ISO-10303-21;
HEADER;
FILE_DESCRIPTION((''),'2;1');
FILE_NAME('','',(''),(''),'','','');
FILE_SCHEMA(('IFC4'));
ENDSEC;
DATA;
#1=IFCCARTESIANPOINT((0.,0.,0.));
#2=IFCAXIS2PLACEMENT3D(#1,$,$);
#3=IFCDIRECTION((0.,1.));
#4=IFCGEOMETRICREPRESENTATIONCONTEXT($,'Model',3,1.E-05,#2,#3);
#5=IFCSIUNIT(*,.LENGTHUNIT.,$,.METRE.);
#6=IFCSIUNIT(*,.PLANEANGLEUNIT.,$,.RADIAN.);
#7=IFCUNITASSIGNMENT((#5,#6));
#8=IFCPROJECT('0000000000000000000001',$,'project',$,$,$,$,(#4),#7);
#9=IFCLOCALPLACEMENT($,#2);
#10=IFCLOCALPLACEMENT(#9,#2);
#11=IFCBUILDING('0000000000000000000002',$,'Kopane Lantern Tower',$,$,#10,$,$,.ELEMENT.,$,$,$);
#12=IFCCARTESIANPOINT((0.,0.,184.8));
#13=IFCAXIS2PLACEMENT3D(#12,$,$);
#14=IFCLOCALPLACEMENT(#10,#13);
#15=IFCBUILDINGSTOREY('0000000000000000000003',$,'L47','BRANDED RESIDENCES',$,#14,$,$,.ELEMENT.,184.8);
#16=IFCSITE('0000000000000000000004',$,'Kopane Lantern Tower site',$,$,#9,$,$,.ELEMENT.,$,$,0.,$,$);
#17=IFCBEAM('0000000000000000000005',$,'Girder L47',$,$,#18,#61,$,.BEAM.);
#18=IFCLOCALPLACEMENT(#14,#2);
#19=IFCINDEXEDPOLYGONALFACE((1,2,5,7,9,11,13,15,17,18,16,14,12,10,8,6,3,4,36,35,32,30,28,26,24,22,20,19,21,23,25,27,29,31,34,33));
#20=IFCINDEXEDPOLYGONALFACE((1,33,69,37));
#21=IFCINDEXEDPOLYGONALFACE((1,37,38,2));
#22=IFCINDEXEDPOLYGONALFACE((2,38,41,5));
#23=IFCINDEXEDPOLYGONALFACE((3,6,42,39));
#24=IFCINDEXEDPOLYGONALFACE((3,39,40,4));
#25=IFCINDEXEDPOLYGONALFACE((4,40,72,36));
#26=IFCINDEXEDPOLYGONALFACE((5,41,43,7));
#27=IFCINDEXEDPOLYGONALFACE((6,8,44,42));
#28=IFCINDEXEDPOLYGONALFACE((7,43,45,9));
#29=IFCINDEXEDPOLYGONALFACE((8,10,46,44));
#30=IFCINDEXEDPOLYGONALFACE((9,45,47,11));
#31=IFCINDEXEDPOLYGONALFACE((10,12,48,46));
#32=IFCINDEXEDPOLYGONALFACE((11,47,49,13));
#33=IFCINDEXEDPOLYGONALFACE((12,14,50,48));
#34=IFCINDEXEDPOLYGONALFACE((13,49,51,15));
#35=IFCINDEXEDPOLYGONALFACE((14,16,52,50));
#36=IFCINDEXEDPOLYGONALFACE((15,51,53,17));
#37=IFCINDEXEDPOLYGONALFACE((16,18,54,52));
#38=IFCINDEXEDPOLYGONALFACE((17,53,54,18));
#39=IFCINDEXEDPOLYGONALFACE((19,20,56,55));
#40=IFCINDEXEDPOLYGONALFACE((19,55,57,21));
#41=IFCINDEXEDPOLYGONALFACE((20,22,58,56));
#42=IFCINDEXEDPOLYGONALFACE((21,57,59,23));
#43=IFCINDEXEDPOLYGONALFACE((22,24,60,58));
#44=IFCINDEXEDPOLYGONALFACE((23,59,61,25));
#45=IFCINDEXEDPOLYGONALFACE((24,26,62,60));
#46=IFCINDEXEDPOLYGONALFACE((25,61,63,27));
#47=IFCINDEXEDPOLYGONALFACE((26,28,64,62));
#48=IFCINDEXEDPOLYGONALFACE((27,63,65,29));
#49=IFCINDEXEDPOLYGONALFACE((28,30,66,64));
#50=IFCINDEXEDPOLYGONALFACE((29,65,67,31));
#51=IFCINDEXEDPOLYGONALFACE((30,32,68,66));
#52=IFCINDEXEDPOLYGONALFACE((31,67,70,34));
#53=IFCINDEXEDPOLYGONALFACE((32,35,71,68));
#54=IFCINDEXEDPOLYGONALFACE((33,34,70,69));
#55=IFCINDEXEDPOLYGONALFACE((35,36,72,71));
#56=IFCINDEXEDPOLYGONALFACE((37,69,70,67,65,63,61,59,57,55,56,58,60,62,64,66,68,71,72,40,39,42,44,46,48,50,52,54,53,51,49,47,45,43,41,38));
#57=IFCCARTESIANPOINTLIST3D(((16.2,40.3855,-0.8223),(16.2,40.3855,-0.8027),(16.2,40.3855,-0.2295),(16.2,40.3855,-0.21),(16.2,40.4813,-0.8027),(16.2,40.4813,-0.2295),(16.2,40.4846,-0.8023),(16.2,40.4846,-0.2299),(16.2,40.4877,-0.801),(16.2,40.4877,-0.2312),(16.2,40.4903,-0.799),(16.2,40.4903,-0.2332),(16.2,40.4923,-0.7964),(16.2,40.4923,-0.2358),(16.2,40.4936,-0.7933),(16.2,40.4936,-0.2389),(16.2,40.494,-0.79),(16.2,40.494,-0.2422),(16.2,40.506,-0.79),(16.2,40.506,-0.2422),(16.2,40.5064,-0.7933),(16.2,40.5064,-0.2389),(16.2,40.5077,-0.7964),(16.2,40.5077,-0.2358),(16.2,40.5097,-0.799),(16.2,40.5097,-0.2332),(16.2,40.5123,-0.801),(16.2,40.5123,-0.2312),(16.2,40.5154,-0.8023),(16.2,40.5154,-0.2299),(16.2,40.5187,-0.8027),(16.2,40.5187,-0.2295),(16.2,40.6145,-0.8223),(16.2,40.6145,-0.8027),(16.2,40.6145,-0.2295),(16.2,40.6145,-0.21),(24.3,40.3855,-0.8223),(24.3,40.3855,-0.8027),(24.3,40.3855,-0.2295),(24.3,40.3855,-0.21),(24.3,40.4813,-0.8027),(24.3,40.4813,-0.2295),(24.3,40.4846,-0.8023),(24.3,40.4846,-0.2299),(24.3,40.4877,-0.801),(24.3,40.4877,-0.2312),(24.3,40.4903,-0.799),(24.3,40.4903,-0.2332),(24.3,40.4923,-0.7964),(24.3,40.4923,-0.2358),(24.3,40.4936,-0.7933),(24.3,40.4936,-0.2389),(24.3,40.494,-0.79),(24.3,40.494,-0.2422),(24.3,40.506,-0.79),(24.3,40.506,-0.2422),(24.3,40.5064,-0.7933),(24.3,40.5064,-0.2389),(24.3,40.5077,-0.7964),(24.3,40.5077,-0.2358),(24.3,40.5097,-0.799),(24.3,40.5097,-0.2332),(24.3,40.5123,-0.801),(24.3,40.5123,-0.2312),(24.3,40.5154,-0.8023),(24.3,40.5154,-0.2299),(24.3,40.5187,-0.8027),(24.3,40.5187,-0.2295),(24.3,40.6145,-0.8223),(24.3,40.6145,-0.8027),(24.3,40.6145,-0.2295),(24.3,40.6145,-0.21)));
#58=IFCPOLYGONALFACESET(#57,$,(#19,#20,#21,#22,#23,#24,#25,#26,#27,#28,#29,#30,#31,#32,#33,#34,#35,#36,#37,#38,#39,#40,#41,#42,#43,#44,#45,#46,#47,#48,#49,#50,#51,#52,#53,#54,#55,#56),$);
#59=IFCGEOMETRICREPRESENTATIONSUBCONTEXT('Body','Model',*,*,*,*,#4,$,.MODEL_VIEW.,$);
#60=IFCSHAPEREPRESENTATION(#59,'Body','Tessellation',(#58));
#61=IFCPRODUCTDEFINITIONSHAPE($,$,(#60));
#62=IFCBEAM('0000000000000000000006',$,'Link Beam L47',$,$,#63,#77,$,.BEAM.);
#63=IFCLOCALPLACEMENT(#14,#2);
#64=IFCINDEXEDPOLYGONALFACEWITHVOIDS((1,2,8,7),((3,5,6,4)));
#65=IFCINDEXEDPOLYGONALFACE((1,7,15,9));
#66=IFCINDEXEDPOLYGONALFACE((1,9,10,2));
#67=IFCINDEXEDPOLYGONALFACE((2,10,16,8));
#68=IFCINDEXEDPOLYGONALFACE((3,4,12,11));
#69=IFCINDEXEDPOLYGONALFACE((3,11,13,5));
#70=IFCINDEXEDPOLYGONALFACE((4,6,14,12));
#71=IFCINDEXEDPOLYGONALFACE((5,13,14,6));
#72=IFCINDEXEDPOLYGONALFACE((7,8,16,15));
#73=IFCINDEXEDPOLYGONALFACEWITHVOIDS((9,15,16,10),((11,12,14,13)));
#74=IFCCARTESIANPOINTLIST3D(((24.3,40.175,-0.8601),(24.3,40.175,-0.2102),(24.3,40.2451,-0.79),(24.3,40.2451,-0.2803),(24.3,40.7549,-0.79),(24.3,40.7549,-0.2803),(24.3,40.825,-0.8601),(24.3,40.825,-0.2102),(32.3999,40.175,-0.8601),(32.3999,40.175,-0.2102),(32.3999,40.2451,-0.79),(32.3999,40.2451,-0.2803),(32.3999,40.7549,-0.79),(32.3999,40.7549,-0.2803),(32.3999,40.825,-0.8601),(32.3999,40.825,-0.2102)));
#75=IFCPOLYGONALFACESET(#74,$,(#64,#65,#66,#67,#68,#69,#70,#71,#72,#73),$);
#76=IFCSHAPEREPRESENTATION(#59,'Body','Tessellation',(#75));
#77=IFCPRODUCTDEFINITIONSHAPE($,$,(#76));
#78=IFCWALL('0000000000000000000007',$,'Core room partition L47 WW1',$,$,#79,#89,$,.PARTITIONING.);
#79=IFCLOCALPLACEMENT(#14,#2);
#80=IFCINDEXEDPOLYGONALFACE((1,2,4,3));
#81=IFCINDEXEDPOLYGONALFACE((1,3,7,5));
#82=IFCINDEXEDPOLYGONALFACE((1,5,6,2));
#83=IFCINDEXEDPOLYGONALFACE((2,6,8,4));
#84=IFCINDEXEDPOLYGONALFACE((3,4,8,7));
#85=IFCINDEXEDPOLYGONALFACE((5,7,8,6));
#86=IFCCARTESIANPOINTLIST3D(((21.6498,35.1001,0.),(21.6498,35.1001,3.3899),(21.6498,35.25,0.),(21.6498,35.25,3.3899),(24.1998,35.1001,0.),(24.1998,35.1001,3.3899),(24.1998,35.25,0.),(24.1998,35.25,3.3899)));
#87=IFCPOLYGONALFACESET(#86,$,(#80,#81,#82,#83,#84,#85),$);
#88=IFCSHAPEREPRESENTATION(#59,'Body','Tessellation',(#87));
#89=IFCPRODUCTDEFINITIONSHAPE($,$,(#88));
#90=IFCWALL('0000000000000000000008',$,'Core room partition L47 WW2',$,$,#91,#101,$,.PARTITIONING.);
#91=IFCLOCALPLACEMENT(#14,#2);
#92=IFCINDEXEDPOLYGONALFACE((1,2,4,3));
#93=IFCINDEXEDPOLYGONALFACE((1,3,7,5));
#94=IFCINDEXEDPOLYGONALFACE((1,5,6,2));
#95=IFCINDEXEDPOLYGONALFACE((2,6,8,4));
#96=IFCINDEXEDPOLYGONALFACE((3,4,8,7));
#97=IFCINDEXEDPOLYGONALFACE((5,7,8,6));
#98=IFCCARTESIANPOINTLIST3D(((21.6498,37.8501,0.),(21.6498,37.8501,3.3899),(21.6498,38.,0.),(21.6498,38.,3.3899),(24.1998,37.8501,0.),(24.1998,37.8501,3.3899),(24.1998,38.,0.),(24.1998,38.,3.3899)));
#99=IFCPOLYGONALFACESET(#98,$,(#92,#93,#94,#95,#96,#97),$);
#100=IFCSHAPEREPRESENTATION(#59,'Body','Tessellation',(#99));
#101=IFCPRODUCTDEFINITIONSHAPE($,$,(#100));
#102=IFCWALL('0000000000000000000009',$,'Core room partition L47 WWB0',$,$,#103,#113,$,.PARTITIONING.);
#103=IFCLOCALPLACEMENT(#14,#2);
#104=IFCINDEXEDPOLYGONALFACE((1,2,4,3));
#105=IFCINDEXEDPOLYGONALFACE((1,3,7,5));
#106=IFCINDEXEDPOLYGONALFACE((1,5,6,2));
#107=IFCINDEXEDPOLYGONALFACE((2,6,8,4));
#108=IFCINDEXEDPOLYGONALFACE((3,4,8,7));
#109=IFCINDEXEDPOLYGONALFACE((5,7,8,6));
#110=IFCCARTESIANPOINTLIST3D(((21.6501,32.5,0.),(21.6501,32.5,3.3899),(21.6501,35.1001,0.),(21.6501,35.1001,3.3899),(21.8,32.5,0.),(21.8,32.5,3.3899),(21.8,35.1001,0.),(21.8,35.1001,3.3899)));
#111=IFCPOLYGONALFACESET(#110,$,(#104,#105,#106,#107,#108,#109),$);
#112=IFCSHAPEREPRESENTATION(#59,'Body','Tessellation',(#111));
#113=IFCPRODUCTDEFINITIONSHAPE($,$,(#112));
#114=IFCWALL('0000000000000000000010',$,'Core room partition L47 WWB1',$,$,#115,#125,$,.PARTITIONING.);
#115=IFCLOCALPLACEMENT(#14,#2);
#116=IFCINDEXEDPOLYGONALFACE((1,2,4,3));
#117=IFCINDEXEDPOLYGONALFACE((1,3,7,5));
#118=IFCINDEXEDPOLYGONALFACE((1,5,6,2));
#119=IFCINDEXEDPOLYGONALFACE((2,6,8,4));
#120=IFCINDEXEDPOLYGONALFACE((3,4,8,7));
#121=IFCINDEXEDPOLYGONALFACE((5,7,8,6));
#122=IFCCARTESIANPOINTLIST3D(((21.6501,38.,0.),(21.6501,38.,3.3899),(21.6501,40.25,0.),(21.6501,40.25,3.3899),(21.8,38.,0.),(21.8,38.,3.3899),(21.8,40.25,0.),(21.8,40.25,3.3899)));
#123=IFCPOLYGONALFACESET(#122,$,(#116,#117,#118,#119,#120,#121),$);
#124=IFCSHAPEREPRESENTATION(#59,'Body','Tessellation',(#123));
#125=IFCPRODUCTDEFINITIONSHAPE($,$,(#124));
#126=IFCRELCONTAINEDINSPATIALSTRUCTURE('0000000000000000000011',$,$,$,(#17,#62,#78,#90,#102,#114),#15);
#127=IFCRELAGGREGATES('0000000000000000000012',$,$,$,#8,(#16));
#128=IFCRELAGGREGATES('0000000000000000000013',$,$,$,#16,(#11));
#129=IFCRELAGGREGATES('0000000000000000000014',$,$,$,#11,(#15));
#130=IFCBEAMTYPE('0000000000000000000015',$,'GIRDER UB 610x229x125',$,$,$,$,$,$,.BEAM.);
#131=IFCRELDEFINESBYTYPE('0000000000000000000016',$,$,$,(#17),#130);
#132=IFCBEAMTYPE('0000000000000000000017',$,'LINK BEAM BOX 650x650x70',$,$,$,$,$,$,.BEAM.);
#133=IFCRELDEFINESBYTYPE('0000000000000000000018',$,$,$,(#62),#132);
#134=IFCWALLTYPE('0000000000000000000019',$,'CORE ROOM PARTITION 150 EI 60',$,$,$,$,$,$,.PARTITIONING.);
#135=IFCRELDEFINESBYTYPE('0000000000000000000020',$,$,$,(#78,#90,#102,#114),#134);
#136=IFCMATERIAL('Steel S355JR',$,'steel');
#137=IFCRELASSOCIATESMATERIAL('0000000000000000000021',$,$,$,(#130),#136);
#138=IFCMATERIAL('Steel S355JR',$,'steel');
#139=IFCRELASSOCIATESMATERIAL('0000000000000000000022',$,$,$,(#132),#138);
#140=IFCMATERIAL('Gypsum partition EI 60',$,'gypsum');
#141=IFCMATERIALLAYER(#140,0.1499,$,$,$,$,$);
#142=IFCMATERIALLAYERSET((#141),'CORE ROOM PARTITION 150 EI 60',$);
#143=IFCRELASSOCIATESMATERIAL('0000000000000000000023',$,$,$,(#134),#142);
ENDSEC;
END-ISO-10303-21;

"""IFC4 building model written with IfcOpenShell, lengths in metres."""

from ifc_helpers import new_model, si_unit, direction, frame, frame_2d, origin, origin_2d, place, context, subcontext, project, spatial, rectangle, hollow_rectangle, i_section, extrude, material, layer, layer_set, material_profile, profile_set, type_object, element, save


model = new_model("IFC4")

# Units and contexts
model_context = context("Model", 3, precision=1e-05, world=origin(), true_north=direction((0.0, 1.0)))
body_context = subcontext(model_context, "Body", "Model", "MODEL_VIEW")
ifc_project = project(units=[si_unit("LENGTHUNIT", "METRE"), si_unit("PLANEANGLEUNIT", "RADIAN")], contexts=[model_context])

# Site, building, storey
site_placement = place(None, origin())
site = spatial("IfcSite", under=ifc_project, at=site_placement, Name="Kopane Lantern Tower site", CompositionType="ELEMENT", RefElevation=0.0)
building_placement = place(site_placement, origin())
building = spatial("IfcBuilding", under=site, at=building_placement, Name="Kopane Lantern Tower", CompositionType="ELEMENT")
storey_placement = place(building_placement, frame((0.0, 0.0, 184.8)))
storey = spatial("IfcBuildingStorey", under=building, at=storey_placement, Name="L47", Description="BRANDED RESIDENCES", CompositionType="ELEMENT", Elevation=184.8)

# Beams
ifc_material_1 = material(Name="Steel S355JR", Category="steel")
ifc_material_profile_1 = material_profile(ifc_material_1, i_section(OverallWidth=0.229, OverallDepth=0.6123, WebThickness=0.012, FlangeThickness=0.0195, FilletRadius=0.0127, at=origin_2d()), Name="UB 610x229x125")
ifc_profile_set_1 = profile_set([ifc_material_profile_1], Name="Steel S355JR")
beam_type_1 = type_object("IfcBeamType", Name="GIRDER UB 610x229x125", PredefinedType="BEAM", material=ifc_profile_set_1)
beam_1_placement = place(storey_placement, frame((16.2, 40.5, -0.5161), z_axis=(1.0, 0.0, 0.0), x_axis=(0.0, 1.0, 0.0)))
element("IfcBeam", 1, at=beam_1_placement, inside=storey, type_object=beam_type_1, Name="Girder L47", PredefinedType="BEAM", context=body_context, shape_type="SweptSolid", body=[
    extrude(i_section(OverallWidth=0.229, OverallDepth=0.6123, WebThickness=0.012, FlangeThickness=0.0195, FilletRadius=0.0127, at=origin_2d()), origin(), (0.0, 0.0, 1.0), 8.1001),
])
ifc_material_2 = material(Name="Steel S355JR", Category="steel")
ifc_material_profile_2 = material_profile(ifc_material_2, hollow_rectangle(XDim=0.6499, YDim=0.6499, WallThickness=0.0701, at=origin_2d()), Name="BOX 650x650x70")
ifc_profile_set_2 = profile_set([ifc_material_profile_2], Name="Steel S355JR")
beam_type_2 = type_object("IfcBeamType", Name="LINK BEAM BOX 650x650x70", PredefinedType="BEAM", material=ifc_profile_set_2)
beam_2_placement = place(storey_placement, frame((24.3, 40.5, -0.5352), z_axis=(1.0, 0.0, 0.0), x_axis=(0.0, 1.0, 0.0)))
element("IfcBeam", 2, at=beam_2_placement, inside=storey, type_object=beam_type_2, Name="Link Beam L47", PredefinedType="BEAM", context=body_context, shape_type="SweptSolid", body=[
    extrude(hollow_rectangle(XDim=0.6499, YDim=0.6499, WallThickness=0.0701, at=origin_2d()), origin(), (0.0, 0.0, 1.0), 8.0999),
])

# Walls
ifc_material_3 = material(Name="Gypsum partition EI 60", Category="gypsum")
ifc_layer_1 = layer(ifc_material_3, 0.1499)
ifc_layer_set_1 = layer_set([ifc_layer_1], Name="CORE ROOM PARTITION 150 EI 60")
wall_type_1 = type_object("IfcWallType", Name="CORE ROOM PARTITION 150 EI 60", PredefinedType="PARTITIONING", material=ifc_layer_set_1)
for number, where, z_axis, x_axis, name in (
    (3, (21.6499, 35.175, 0.0), (0.0, 0.0, 1.0), (1.0, 0.0, 0.0), "Core room partition L47 WW1"),
    (4, (21.6499, 37.925, 0.0), (0.0, 0.0, 1.0), (1.0, 0.0, 0.0), "Core room partition L47 WW2"),
):
    element("IfcWall", number, at=place(storey_placement, frame(where, z_axis=z_axis, x_axis=x_axis)), inside=storey, type_object=wall_type_1, Name=name, PredefinedType="PARTITIONING", context=body_context, shape_type="SweptSolid", body=[
        extrude(rectangle(XDim=2.55, YDim=0.1499, at=frame_2d((1.2749, 0.0))), origin(), (0.0, 0.0, 1.0), 3.3899),
    ])
wall_1_placement = place(storey_placement, frame((21.7251, 32.5, 0.0), z_axis=(0.0, 0.0, 1.0), x_axis=(0.0, 1.0, 0.0)))
element("IfcWall", 5, at=wall_1_placement, inside=storey, type_object=wall_type_1, Name="Core room partition L47 WWB0", PredefinedType="PARTITIONING", context=body_context, shape_type="SweptSolid", body=[
    extrude(rectangle(XDim=2.6001, YDim=0.1499, at=frame_2d((1.3, 0.0))), origin(), (0.0, 0.0, 1.0), 3.3899),
])
wall_2_placement = place(storey_placement, frame((21.7251, 38.0, 0.0), z_axis=(0.0, 0.0, 1.0), x_axis=(0.0, 1.0, 0.0)))
element("IfcWall", 6, at=wall_2_placement, inside=storey, type_object=wall_type_1, Name="Core room partition L47 WWB1", PredefinedType="PARTITIONING", context=body_context, shape_type="SweptSolid", body=[
    extrude(rectangle(XDim=2.25, YDim=0.1499, at=frame_2d((1.125, 0.0))), origin(), (0.0, 0.0, 1.0), 3.3899),
])

save(model, "model.ifc")
